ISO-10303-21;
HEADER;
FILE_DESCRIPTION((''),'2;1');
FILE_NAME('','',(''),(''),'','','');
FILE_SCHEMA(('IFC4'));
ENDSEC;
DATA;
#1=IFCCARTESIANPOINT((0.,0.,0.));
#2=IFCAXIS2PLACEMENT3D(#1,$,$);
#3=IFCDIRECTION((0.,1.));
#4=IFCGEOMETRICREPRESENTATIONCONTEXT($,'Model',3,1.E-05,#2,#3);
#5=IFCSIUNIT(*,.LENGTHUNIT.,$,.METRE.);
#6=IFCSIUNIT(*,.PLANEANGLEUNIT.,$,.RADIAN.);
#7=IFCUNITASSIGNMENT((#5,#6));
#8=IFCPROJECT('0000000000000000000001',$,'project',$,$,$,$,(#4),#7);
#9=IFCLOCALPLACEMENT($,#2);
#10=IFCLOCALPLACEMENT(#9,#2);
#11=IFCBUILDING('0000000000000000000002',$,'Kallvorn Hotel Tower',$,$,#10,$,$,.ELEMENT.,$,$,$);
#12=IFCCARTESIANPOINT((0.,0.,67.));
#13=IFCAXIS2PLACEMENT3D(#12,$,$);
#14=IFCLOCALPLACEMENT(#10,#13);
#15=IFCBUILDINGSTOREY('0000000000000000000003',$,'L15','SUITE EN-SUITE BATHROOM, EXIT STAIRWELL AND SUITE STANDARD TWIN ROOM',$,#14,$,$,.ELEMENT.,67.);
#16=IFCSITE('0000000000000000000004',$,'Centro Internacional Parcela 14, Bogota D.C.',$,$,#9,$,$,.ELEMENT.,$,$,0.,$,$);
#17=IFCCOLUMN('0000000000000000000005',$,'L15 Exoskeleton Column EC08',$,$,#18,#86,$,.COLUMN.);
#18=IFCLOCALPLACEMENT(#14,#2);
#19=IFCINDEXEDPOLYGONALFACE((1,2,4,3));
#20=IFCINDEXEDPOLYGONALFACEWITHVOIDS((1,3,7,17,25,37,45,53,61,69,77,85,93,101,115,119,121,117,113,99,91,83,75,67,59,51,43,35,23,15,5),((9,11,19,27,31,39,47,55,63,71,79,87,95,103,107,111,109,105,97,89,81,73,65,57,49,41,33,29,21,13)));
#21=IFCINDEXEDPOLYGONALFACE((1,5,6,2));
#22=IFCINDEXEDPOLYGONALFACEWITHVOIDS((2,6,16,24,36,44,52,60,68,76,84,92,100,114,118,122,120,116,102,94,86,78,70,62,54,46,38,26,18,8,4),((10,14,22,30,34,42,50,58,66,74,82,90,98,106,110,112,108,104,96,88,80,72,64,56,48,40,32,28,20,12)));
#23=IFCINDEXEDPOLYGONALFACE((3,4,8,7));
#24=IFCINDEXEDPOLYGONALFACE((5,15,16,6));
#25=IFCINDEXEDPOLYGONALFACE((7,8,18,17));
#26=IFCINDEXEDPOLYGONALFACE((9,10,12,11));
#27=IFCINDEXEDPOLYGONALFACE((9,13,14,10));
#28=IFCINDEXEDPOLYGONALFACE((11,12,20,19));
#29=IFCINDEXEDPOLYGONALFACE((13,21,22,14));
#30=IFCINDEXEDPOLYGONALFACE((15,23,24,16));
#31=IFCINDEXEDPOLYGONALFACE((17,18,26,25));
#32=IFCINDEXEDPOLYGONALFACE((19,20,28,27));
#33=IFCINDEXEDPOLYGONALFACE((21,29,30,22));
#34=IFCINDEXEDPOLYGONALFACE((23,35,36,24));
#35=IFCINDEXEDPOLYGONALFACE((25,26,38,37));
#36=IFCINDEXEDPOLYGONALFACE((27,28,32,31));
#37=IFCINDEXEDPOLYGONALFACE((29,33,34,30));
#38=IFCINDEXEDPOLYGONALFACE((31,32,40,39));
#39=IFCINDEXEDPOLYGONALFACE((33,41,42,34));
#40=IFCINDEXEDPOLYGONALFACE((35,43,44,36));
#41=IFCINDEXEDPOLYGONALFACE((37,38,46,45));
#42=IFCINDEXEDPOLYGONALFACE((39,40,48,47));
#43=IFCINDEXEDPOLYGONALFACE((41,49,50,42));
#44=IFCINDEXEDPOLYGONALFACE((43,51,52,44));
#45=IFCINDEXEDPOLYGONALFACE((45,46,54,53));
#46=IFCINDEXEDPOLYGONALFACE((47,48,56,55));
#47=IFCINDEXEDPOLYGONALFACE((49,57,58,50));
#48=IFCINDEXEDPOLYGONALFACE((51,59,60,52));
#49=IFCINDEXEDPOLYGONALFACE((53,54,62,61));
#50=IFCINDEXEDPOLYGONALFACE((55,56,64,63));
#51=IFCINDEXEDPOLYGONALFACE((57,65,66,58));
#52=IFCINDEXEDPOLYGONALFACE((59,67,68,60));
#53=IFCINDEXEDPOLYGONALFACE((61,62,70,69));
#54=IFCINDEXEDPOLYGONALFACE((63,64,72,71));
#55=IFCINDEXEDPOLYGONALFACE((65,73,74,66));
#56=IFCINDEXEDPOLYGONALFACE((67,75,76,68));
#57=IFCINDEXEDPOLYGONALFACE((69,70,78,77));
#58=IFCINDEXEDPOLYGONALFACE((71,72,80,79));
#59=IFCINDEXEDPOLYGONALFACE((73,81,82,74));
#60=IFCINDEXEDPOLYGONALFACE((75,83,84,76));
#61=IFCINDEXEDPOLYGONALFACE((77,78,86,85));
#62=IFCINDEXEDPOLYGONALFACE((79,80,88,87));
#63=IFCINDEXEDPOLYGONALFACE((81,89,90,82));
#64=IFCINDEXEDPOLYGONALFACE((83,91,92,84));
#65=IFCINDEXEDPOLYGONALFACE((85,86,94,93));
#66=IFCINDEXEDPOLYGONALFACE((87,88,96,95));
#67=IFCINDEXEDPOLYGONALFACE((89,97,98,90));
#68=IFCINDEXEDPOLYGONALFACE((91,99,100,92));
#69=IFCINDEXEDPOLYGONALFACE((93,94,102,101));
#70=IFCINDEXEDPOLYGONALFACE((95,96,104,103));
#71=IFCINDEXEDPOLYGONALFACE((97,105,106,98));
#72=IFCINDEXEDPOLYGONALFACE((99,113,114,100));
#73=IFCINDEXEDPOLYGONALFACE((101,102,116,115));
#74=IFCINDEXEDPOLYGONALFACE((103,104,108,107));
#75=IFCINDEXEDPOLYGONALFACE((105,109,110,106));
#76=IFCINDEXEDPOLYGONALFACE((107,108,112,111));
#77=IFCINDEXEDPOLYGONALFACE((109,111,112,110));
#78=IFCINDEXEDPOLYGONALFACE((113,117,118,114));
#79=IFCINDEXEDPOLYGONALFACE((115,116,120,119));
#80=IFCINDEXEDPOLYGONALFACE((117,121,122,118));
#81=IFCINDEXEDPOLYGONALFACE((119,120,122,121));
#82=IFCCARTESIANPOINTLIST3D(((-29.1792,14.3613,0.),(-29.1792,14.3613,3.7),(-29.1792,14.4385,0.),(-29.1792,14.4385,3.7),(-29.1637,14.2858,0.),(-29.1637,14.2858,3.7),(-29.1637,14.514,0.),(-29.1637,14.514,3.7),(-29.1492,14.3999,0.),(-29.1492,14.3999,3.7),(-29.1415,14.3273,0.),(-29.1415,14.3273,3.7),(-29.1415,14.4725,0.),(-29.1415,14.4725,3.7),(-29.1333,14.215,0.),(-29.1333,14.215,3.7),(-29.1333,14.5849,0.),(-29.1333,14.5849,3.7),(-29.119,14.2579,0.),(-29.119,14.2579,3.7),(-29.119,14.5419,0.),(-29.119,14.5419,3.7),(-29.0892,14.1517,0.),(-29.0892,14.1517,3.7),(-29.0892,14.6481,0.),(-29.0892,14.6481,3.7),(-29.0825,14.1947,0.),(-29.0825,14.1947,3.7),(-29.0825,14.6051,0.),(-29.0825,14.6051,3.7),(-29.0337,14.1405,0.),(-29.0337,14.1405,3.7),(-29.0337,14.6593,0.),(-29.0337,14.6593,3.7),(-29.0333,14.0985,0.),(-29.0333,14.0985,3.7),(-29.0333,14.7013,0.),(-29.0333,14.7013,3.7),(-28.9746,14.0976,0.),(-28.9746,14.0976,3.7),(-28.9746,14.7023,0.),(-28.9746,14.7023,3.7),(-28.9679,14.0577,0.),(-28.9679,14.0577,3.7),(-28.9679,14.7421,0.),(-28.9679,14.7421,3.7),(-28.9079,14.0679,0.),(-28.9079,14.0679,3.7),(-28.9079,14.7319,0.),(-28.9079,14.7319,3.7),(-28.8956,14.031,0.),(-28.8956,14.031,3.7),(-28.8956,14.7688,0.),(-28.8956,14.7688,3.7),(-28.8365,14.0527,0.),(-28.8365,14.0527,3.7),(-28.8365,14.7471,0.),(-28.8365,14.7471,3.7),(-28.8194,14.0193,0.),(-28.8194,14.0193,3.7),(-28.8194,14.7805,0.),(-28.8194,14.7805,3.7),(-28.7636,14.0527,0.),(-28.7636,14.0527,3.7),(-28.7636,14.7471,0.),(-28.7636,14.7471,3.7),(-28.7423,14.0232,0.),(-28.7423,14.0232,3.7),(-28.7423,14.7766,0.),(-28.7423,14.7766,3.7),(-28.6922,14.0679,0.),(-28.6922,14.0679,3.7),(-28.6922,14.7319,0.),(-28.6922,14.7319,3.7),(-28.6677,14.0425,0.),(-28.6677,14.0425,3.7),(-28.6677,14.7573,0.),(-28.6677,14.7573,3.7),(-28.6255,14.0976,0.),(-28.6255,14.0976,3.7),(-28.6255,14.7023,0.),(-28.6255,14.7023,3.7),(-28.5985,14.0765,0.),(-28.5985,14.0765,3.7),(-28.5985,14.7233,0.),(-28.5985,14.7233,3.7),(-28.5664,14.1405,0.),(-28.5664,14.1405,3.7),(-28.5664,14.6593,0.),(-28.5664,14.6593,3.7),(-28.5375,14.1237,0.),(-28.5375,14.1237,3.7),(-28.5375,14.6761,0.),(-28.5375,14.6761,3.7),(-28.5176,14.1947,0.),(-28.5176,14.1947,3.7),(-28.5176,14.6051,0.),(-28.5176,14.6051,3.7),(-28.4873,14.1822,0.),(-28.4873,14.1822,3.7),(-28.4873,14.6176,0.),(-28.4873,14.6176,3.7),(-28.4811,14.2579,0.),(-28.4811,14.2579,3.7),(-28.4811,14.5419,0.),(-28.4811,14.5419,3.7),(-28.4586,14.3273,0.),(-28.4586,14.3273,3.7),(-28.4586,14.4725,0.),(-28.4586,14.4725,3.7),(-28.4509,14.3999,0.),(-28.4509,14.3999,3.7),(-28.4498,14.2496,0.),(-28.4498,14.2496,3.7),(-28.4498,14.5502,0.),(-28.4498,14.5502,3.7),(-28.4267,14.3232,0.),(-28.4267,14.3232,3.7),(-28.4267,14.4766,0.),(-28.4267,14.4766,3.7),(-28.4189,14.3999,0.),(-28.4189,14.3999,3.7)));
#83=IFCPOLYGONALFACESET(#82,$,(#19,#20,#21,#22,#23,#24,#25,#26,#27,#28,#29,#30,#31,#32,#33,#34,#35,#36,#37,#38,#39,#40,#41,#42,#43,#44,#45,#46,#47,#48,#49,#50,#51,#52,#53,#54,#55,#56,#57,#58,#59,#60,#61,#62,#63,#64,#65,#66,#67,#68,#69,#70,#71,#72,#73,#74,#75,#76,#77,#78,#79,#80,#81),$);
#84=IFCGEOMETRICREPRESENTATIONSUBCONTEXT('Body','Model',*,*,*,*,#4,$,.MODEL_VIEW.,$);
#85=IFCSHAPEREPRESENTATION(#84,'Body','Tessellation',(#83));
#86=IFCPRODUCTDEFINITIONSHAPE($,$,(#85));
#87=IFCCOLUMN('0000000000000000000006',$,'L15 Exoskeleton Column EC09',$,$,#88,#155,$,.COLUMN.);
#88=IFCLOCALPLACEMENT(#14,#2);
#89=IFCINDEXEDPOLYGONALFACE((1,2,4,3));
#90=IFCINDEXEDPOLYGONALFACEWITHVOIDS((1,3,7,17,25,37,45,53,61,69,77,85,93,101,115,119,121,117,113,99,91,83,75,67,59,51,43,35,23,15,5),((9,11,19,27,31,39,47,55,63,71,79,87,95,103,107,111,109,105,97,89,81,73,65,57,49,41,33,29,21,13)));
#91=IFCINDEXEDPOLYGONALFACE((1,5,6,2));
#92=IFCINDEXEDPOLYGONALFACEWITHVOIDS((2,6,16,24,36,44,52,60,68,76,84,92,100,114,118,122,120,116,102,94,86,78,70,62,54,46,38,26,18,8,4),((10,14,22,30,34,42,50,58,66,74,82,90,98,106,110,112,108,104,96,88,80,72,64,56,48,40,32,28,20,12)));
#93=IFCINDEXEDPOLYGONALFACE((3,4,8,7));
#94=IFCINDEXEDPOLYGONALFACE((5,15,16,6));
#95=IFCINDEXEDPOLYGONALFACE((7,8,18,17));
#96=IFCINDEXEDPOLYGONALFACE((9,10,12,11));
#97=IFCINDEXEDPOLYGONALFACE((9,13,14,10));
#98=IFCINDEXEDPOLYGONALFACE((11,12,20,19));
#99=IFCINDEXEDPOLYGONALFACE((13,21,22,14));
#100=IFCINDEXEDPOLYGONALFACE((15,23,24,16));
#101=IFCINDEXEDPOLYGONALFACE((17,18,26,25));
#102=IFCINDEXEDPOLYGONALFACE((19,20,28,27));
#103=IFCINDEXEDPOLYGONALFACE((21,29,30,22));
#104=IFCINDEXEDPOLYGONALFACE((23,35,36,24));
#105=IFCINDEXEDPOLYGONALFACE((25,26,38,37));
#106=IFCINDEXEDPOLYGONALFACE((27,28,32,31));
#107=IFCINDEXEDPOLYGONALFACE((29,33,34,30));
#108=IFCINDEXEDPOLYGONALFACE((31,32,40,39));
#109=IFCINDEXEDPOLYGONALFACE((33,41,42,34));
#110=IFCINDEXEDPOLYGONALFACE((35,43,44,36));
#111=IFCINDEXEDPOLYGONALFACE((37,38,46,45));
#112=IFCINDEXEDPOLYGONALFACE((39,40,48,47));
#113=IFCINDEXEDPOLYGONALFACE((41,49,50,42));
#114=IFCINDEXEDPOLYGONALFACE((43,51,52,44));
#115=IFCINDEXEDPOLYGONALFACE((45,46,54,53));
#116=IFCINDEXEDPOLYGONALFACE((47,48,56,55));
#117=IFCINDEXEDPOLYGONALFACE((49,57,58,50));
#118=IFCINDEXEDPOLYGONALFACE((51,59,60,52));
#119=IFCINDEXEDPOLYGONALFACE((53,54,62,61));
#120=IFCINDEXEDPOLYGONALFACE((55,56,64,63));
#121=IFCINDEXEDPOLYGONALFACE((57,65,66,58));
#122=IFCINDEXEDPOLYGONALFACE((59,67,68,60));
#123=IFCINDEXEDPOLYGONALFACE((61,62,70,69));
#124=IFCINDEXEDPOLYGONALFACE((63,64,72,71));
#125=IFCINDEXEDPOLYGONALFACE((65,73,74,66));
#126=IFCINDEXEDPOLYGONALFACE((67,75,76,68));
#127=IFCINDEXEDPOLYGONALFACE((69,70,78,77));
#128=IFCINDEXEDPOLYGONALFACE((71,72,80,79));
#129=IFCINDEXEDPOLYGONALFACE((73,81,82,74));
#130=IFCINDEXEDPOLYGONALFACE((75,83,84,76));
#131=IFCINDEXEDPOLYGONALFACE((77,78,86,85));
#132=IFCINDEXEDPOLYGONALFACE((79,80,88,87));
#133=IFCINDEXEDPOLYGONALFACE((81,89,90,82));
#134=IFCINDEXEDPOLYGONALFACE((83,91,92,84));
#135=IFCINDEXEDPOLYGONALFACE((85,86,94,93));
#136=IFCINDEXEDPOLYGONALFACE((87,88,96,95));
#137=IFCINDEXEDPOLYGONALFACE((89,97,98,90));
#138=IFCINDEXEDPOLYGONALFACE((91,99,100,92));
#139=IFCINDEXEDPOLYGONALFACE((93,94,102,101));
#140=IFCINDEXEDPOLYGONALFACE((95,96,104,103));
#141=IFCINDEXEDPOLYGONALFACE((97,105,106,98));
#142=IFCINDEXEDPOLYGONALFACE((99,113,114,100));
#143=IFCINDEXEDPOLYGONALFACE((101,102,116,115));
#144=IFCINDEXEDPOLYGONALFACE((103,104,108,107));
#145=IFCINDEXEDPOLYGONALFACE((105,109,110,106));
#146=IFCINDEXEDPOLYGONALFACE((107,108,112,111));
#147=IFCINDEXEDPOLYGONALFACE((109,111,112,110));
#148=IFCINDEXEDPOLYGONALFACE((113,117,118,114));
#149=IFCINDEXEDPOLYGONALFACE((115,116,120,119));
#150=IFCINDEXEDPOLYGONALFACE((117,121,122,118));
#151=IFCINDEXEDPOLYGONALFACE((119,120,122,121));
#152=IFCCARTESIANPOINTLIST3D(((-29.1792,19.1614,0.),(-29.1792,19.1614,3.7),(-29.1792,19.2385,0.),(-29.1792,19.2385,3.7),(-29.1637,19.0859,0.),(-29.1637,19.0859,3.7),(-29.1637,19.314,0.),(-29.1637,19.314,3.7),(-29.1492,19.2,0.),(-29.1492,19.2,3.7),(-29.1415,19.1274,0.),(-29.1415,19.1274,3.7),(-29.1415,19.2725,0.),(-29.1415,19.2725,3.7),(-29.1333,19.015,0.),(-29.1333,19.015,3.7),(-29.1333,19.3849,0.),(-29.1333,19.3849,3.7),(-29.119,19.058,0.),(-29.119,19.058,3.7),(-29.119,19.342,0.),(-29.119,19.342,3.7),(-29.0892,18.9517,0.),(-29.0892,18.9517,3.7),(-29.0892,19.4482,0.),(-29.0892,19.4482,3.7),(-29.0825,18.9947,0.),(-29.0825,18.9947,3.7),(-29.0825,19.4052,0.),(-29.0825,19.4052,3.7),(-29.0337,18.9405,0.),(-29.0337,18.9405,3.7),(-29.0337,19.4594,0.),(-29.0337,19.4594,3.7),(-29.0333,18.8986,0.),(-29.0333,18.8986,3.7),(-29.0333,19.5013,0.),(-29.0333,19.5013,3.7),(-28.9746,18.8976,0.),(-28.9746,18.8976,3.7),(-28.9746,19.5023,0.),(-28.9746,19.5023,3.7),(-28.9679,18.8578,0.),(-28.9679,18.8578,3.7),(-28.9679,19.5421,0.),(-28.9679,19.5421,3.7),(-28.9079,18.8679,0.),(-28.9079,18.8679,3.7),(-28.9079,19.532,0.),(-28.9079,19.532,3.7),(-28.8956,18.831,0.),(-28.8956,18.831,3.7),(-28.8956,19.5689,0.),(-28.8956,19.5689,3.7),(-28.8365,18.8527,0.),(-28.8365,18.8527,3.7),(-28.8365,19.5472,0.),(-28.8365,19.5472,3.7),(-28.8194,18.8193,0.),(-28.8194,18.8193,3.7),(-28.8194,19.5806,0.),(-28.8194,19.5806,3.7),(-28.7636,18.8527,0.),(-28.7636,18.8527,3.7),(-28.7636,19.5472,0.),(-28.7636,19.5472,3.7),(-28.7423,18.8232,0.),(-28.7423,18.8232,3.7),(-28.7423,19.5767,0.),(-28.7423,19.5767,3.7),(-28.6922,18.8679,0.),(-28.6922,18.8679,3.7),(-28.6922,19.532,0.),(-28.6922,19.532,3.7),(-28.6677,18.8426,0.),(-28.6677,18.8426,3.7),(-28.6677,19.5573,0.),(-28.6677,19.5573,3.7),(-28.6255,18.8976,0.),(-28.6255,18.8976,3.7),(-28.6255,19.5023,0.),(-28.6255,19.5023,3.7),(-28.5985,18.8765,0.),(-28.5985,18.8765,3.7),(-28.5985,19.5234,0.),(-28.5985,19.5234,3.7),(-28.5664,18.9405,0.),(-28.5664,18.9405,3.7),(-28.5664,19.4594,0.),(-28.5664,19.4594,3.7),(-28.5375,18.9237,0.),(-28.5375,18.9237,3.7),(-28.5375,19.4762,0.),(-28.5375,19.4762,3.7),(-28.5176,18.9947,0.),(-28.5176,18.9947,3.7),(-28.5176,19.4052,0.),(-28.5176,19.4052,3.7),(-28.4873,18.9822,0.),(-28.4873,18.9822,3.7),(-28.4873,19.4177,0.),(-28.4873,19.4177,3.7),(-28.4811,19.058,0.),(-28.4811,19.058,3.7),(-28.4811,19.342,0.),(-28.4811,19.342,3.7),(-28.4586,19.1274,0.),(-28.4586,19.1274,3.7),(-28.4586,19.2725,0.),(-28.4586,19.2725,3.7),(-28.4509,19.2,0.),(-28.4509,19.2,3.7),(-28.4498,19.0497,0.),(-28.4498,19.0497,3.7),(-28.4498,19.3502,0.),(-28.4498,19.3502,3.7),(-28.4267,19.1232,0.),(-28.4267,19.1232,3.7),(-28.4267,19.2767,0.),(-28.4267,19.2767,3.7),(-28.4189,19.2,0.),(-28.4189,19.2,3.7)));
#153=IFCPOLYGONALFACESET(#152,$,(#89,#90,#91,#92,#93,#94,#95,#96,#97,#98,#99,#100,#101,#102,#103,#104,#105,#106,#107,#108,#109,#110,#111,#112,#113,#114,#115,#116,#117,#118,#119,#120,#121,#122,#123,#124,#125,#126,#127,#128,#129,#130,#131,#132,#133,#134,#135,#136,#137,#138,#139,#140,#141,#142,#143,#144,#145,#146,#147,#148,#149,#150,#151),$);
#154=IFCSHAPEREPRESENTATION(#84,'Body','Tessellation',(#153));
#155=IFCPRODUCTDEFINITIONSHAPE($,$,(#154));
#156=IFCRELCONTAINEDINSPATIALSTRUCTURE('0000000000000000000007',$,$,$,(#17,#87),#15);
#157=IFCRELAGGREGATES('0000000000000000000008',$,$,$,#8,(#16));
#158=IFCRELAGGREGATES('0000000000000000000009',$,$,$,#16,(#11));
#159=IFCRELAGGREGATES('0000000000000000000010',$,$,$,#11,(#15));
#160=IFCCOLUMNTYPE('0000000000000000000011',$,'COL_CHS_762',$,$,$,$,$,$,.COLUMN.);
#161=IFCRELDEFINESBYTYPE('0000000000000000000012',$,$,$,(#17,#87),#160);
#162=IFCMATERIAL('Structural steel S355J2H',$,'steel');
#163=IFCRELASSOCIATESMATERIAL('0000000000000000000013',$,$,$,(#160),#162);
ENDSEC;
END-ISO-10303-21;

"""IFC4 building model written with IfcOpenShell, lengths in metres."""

from ifc_helpers import new_model, si_unit, direction, frame, origin, origin_2d, place, context, subcontext, project, spatial, hollow_circle, extrude, material, material_profile, profile_set, type_object, element, save


model = new_model("IFC4")

# Units and contexts
model_context = context("Model", 3, precision=1e-05, world=origin(), true_north=direction((0.0, 1.0)))
body_context = subcontext(model_context, "Body", "Model", "MODEL_VIEW")
ifc_project = project(units=[si_unit("LENGTHUNIT", "METRE"), si_unit("PLANEANGLEUNIT", "RADIAN")], contexts=[model_context])

# Site, building, storey
site_placement = place(None, origin())
site = spatial("IfcSite", under=ifc_project, at=site_placement, Name="Centro Internacional Parcela 14, Bogota D.C.", CompositionType="ELEMENT", RefElevation=0.0)
building_placement = place(site_placement, origin())
building = spatial("IfcBuilding", under=site, at=building_placement, Name="Kallvorn Hotel Tower", CompositionType="ELEMENT")
storey_placement = place(building_placement, frame((0.0, 0.0, 67.0)))
storey = spatial("IfcBuildingStorey", under=building, at=storey_placement, Name="L15", Description="SUITE EN-SUITE BATHROOM, EXIT STAIRWELL AND SUITE STANDARD TWIN ROOM", CompositionType="ELEMENT", Elevation=67.0)

# Columns
ifc_material_1 = material(Name="Structural steel S355J2H", Category="steel")
ifc_material_profile_1 = material_profile(ifc_material_1, hollow_circle(Radius=0.3811, WallThickness=0.032, at=origin_2d()), Name="CHS 762x32")
ifc_profile_set_1 = profile_set([ifc_material_profile_1], Name="Structural steel S355J2H")
column_type_1 = type_object("IfcColumnType", Name="COL_CHS_762", PredefinedType="COLUMN", material=ifc_profile_set_1)
for number, where, z_axis, x_axis, name in (
    (1, (-28.8, 14.3999, 0.0), (0.0, 0.0, 1.0), (1.0, 0.0, 0.0), "L15 Exoskeleton Column EC08"),
    (2, (-28.8, 19.2, 0.0), (0.0, 0.0, 1.0), (1.0, 0.0, 0.0), "L15 Exoskeleton Column EC09"),
):
    element("IfcColumn", number, at=place(storey_placement, frame(where, z_axis=z_axis, x_axis=x_axis)), inside=storey, type_object=column_type_1, Name=name, PredefinedType="COLUMN", context=body_context, shape_type="SweptSolid", body=[
        extrude(hollow_circle(Radius=0.3811, WallThickness=0.032, at=origin_2d()), origin(), (0.0, 0.0, 1.0), 3.7),
    ])

save(model, "model.ifc")
